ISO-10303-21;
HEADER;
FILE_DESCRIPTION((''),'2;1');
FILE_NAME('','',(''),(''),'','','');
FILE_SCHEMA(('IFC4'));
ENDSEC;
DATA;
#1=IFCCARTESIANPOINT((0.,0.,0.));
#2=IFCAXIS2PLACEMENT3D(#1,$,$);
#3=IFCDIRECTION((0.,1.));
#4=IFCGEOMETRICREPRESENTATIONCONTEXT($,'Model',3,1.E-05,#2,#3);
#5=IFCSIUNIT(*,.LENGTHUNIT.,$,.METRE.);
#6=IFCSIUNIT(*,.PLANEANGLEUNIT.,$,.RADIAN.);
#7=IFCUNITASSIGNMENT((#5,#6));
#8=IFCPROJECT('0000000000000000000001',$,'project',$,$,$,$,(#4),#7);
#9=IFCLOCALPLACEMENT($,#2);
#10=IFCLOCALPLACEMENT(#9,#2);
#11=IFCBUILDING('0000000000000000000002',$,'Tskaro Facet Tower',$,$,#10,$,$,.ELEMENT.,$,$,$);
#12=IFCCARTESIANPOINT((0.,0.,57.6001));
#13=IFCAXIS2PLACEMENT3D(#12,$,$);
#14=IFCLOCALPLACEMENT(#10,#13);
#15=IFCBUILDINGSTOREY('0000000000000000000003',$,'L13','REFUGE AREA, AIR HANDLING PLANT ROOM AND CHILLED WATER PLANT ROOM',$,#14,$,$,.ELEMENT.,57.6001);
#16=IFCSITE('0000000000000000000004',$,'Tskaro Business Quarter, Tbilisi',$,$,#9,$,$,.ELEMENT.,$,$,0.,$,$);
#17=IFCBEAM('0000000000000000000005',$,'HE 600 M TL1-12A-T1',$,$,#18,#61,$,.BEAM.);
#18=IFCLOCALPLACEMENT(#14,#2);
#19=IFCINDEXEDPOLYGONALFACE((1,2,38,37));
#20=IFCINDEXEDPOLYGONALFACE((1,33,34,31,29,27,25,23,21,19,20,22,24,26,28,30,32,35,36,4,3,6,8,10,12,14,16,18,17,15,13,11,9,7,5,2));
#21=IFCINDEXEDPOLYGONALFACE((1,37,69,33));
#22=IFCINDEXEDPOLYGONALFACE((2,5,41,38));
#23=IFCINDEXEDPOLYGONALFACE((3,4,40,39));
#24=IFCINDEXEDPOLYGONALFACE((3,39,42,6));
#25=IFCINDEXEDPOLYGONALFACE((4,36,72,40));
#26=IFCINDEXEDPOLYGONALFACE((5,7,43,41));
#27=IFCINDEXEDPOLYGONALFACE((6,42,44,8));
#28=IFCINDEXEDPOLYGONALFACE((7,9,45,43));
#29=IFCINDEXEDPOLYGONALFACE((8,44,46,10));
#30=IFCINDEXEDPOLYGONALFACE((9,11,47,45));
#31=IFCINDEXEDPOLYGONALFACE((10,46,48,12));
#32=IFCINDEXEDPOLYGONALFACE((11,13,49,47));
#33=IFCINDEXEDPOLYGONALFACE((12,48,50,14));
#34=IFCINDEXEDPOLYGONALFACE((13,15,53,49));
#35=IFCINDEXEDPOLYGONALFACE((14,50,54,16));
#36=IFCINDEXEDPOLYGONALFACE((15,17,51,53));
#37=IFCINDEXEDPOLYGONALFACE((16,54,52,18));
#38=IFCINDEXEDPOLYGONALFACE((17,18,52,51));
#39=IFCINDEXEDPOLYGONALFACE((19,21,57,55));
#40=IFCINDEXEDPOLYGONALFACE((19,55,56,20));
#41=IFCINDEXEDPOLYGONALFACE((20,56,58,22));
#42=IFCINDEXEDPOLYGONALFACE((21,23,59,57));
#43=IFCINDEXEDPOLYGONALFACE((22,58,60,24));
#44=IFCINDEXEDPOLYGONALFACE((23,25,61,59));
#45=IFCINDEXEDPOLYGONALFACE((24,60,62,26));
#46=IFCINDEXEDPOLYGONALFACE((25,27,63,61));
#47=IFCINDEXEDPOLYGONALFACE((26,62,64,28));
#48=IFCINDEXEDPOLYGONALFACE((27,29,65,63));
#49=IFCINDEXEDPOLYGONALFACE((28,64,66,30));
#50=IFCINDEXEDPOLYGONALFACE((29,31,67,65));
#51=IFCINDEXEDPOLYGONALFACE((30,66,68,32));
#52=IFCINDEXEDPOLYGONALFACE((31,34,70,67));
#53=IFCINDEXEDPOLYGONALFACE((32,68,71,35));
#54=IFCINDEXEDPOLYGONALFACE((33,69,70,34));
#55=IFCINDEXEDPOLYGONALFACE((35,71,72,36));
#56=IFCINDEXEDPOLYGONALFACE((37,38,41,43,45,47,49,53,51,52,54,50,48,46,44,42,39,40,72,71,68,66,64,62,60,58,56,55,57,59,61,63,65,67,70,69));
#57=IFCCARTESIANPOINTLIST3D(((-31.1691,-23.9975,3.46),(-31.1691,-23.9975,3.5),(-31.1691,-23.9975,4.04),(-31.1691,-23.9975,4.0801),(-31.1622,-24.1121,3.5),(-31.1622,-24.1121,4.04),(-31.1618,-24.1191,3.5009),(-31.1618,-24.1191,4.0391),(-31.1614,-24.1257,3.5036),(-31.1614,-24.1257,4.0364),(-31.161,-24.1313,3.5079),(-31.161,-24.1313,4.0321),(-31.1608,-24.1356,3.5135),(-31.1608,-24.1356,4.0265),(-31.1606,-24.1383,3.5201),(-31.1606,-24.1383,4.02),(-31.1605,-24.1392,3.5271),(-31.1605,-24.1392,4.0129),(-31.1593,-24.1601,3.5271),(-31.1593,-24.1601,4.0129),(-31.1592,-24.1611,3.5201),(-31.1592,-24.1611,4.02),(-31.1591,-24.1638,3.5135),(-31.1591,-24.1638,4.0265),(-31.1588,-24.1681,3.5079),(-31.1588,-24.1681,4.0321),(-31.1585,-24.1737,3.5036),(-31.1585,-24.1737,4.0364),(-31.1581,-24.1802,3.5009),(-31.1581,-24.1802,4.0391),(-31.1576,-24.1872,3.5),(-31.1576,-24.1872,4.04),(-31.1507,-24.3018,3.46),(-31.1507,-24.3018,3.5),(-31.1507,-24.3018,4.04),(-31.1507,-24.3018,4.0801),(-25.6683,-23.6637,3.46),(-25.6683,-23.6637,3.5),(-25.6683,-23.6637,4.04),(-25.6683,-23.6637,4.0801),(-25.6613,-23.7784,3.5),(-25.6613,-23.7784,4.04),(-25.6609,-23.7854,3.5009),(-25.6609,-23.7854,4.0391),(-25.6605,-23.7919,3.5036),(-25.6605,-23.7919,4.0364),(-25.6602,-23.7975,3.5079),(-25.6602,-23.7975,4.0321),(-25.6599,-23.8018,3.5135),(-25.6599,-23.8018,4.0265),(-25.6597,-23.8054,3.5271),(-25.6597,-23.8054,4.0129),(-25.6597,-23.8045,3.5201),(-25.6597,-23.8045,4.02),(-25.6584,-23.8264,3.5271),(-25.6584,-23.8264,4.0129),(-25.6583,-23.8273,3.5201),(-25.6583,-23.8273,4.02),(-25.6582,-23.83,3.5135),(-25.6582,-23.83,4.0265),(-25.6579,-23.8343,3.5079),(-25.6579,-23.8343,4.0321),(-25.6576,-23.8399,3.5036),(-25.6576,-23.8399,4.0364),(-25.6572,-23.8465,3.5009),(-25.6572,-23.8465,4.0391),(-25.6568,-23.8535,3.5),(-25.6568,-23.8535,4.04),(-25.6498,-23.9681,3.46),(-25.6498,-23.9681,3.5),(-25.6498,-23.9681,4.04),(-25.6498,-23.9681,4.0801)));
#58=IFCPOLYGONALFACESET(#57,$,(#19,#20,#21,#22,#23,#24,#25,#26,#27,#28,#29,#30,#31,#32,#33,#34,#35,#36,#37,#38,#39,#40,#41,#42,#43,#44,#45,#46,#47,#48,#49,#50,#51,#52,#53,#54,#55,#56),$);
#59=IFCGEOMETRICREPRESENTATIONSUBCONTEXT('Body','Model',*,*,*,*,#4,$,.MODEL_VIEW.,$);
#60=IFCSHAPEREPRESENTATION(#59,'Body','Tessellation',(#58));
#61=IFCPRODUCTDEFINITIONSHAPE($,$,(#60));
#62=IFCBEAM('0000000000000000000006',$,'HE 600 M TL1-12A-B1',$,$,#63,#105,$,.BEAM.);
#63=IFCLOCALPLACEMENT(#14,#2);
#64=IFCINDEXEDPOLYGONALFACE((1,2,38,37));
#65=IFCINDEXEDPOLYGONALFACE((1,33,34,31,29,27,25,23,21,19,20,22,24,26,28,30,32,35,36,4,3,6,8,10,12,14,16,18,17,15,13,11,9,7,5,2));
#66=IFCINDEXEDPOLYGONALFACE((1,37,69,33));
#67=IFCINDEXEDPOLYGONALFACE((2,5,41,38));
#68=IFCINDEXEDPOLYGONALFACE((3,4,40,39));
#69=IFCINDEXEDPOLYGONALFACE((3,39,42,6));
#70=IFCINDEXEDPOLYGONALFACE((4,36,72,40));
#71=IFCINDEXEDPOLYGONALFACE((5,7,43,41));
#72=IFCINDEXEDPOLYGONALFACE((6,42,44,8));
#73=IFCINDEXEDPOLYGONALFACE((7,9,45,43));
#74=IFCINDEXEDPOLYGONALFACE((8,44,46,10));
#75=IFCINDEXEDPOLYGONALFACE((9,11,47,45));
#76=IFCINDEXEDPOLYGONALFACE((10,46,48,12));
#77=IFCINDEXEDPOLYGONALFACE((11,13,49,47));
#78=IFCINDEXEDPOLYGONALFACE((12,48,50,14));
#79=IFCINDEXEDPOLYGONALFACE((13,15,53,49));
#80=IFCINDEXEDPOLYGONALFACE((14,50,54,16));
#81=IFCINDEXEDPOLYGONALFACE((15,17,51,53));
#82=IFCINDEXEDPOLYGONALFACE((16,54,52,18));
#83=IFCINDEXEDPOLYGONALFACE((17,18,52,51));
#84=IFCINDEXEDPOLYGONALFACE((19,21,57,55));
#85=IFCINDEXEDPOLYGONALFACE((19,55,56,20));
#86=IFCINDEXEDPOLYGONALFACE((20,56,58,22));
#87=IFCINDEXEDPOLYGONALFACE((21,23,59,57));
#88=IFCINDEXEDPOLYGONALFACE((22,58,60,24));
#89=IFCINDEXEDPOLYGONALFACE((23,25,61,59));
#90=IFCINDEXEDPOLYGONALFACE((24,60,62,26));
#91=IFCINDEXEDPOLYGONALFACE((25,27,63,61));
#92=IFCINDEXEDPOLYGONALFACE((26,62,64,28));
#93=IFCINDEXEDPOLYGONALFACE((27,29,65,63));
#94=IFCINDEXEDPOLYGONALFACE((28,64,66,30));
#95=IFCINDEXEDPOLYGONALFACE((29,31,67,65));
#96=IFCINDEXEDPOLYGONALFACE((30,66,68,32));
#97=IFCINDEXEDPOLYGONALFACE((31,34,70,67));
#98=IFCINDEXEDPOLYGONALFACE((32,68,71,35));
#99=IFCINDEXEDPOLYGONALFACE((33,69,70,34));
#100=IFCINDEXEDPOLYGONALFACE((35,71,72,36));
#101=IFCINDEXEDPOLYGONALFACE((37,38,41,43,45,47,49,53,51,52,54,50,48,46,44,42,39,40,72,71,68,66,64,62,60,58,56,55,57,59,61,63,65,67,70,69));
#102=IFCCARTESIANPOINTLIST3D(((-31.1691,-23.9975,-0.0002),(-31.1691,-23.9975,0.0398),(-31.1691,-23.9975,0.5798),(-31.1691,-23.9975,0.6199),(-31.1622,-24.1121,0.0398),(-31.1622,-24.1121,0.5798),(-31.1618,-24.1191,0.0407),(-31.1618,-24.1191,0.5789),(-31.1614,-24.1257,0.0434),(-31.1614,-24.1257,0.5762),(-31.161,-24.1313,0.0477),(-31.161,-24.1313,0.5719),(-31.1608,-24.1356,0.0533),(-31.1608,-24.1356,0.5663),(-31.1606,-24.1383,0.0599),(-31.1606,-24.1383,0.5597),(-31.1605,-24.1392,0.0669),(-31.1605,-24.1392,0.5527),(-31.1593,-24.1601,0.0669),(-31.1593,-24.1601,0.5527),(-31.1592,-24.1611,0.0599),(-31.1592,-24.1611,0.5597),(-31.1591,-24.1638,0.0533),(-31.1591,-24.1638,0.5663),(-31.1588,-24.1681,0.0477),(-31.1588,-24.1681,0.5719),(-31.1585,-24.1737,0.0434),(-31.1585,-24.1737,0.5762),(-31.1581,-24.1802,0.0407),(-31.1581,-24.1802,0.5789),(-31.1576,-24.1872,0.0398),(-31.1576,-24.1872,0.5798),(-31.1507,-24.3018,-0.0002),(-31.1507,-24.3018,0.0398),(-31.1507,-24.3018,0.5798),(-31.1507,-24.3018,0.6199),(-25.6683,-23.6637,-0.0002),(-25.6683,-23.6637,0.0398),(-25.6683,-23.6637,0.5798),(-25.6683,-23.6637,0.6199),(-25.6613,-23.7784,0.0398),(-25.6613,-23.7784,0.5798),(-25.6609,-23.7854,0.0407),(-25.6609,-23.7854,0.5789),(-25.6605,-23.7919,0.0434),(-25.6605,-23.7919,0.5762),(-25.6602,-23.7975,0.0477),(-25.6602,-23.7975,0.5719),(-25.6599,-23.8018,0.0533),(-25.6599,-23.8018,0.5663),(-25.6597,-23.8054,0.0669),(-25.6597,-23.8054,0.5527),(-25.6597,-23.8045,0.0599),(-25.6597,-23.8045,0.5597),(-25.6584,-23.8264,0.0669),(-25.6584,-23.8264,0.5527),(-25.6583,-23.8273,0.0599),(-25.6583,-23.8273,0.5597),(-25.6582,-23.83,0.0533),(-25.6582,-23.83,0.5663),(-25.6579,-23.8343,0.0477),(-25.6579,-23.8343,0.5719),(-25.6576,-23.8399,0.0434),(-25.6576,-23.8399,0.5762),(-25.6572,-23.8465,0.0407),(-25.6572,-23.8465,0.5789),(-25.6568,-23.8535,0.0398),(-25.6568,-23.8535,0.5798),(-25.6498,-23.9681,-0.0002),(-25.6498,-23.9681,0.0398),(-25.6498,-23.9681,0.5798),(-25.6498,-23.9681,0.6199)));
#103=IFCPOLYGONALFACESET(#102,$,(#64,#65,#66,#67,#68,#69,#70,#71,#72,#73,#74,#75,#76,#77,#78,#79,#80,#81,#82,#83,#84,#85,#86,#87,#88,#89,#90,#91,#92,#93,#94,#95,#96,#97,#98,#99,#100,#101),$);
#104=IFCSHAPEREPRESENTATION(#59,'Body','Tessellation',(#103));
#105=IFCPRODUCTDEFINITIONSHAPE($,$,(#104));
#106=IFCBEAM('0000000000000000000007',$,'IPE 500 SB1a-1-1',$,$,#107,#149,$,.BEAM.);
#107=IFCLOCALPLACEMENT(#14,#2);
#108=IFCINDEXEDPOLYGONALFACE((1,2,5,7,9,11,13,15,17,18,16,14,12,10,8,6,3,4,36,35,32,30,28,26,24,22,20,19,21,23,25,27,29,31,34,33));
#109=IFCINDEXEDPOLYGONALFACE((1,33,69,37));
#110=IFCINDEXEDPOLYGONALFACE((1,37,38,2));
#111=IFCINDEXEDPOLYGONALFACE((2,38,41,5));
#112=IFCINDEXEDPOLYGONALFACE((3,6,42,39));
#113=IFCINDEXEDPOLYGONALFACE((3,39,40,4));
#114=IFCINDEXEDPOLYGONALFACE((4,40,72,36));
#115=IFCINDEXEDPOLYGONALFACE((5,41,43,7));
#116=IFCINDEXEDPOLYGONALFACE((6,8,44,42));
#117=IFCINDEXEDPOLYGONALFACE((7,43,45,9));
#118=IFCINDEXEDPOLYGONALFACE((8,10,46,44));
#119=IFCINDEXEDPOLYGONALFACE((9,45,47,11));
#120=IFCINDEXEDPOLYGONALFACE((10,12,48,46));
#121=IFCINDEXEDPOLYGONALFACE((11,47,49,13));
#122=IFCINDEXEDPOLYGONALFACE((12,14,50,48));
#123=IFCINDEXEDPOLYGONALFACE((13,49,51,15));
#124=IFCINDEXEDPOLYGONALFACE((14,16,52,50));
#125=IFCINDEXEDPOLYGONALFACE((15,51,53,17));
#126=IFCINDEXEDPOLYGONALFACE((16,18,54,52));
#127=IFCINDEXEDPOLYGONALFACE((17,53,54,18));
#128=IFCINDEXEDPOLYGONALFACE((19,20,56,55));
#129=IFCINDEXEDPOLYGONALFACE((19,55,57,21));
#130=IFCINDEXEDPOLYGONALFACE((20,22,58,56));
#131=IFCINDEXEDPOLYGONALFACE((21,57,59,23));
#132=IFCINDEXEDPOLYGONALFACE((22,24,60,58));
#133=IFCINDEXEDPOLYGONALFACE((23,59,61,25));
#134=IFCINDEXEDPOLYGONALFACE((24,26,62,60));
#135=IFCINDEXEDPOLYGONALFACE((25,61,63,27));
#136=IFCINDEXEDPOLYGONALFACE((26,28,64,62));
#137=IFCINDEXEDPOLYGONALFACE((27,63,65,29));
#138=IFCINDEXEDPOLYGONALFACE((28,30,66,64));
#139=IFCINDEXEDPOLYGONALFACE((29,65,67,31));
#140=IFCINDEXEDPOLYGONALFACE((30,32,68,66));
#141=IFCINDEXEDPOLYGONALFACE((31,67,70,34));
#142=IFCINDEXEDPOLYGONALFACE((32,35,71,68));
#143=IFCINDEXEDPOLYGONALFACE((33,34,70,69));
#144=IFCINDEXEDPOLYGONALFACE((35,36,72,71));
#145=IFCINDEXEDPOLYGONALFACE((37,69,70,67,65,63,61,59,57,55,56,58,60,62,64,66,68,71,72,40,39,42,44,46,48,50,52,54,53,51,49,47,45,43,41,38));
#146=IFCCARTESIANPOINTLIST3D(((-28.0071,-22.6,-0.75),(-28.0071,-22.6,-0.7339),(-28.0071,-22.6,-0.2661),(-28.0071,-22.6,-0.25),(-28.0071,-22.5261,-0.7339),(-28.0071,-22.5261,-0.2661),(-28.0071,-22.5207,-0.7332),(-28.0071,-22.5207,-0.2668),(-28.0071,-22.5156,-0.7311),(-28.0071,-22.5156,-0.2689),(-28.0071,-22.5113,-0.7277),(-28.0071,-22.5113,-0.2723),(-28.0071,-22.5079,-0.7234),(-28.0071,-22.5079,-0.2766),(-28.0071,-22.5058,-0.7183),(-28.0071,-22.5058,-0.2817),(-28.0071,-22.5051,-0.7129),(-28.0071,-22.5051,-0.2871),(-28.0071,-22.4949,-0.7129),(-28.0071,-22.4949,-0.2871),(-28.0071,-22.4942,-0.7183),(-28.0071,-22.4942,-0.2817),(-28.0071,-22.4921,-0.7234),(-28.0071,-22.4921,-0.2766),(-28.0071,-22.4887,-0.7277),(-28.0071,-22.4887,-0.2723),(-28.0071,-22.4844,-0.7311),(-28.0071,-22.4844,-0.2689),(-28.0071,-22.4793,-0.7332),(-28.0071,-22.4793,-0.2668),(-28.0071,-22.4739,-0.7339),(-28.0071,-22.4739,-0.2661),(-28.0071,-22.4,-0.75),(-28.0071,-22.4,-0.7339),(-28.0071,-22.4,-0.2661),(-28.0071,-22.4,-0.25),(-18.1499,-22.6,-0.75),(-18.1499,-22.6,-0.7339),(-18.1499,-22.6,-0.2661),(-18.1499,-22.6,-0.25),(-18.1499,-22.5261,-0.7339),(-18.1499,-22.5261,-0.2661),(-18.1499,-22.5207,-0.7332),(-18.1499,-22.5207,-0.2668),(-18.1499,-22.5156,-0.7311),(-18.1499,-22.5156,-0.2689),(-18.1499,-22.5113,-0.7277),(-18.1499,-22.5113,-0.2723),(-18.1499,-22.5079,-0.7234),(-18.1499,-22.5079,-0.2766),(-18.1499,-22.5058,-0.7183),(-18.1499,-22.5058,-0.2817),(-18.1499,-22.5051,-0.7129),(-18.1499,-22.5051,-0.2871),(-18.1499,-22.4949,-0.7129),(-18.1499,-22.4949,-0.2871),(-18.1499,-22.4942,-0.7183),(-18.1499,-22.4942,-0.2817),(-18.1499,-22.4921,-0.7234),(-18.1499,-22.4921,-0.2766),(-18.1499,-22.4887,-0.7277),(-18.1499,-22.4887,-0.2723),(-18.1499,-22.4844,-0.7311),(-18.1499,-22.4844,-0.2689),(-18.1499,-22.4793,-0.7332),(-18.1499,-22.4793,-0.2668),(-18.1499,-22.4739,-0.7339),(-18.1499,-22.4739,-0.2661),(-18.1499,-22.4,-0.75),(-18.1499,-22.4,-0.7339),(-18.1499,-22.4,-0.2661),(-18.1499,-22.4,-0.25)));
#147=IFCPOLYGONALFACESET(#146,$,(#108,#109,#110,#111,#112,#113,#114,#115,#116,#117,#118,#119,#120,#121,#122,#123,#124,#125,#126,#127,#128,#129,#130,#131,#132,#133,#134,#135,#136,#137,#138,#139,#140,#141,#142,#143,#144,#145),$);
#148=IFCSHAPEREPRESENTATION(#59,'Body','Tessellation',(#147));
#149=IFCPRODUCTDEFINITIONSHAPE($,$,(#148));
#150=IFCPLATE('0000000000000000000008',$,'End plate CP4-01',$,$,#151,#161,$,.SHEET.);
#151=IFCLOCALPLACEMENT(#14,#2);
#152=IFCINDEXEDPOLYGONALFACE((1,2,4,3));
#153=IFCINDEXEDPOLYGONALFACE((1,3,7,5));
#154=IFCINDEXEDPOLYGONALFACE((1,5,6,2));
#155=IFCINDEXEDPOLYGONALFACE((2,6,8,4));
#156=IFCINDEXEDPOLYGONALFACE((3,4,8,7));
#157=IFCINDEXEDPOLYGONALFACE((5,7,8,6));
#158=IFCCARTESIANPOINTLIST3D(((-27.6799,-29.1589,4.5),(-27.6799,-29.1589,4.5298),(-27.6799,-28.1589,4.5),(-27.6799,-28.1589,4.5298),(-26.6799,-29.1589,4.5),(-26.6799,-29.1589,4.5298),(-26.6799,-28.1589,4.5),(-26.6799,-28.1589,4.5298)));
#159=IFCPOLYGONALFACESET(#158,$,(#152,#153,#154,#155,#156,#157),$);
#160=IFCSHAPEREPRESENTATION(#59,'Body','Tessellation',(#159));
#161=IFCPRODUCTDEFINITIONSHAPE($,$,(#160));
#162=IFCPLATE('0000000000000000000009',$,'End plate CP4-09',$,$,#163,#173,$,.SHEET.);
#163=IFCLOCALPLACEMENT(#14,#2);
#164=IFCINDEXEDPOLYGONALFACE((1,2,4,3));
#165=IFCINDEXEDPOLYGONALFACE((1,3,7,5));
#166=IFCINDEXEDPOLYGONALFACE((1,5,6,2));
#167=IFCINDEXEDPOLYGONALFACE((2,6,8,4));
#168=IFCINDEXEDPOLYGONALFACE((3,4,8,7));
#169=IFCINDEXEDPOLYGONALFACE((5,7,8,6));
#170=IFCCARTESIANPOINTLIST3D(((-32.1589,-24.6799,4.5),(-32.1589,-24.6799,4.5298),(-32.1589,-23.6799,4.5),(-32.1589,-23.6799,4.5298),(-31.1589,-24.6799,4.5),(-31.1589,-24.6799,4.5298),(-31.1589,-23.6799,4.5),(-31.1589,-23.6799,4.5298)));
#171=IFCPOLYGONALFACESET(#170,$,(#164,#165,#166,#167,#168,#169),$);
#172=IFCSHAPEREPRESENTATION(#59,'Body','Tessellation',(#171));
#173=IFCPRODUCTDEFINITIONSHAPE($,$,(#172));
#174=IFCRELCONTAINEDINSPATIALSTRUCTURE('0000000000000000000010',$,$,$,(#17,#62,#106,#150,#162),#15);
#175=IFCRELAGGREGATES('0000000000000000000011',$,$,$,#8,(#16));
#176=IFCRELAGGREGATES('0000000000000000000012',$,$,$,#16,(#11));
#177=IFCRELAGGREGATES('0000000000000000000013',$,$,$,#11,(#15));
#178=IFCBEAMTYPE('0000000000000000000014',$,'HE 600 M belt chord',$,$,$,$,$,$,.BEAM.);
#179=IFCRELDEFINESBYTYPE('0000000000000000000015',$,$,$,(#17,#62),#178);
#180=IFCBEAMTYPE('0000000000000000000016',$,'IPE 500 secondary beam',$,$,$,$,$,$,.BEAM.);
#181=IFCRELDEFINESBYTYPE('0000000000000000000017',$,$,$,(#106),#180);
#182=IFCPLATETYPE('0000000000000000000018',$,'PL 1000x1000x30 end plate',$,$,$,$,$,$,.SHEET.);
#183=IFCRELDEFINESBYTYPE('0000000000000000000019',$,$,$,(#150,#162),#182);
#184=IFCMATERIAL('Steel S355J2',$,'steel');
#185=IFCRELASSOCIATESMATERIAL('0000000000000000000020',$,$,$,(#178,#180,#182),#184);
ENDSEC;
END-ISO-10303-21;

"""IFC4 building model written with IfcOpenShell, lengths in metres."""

from ifc_helpers import new_model, si_unit, direction, frame, origin, origin_2d, place, context, subcontext, project, spatial, rectangle, i_section, extrude, material, material_profile, profile_set, type_object, element, save


model = new_model("IFC4")

# Units and contexts
model_context = context("Model", 3, precision=1e-05, world=origin(), true_north=direction((0.0, 1.0)))
body_context = subcontext(model_context, "Body", "Model", "MODEL_VIEW")
ifc_project = project(units=[si_unit("LENGTHUNIT", "METRE"), si_unit("PLANEANGLEUNIT", "RADIAN")], contexts=[model_context])

# Site, building, storey
site_placement = place(None, origin())
site = spatial("IfcSite", under=ifc_project, at=site_placement, Name="Tskaro Business Quarter, Tbilisi", CompositionType="ELEMENT", RefElevation=0.0)
building_placement = place(site_placement, origin())
building = spatial("IfcBuilding", under=site, at=building_placement, Name="Tskaro Facet Tower", CompositionType="ELEMENT")
storey_placement = place(building_placement, frame((0.0, 0.0, 57.6001)))
storey = spatial("IfcBuildingStorey", under=building, at=storey_placement, Name="L13", Description="REFUGE AREA, AIR HANDLING PLANT ROOM AND CHILLED WATER PLANT ROOM", CompositionType="ELEMENT", Elevation=57.6001)

# Shared definitions
ifc_material_1 = material(Name="Steel S355J2", Category="steel")

# Beams
ifc_material_profile_1 = material_profile(ifc_material_1, i_section(OverallWidth=0.3049, OverallDepth=0.6201, WebThickness=0.021, FlangeThickness=0.04, FilletRadius=0.0271, at=origin_2d()), Name="HE 600 M")
ifc_profile_set_1 = profile_set([ifc_material_profile_1], Name="Steel S355J2")
beam_type_1 = type_object("IfcBeamType", Name="HE 600 M belt chord", PredefinedType="BEAM", material=ifc_profile_set_1)
for number, where, z_axis, x_axis, name in (
    (1, (-31.1599, -24.1497, 3.77), (0.998165, 0.060558, 0.0), (-0.060558, 0.998165, 0.0), "HE 600 M TL1-12A-T1"),
    (2, (-31.1599, -24.1497, 0.3098), (0.998165, 0.060558, 0.0), (-0.060558, 0.998165, 0.0), "HE 600 M TL1-12A-B1"),
):
    element("IfcBeam", number, at=place(storey_placement, frame(where, z_axis=z_axis, x_axis=x_axis)), inside=storey, type_object=beam_type_1, Name=name, PredefinedType="BEAM", context=body_context, shape_type="SweptSolid", body=[
        extrude(i_section(OverallWidth=0.3049, OverallDepth=0.6201, WebThickness=0.021, FlangeThickness=0.04, FilletRadius=0.0271, at=origin_2d()), origin(), (0.0, 0.0, 1.0), 5.511),
    ])
ifc_material_profile_2 = material_profile(ifc_material_1, i_section(OverallWidth=0.2, OverallDepth=0.5, WebThickness=0.0103, FlangeThickness=0.0161, FilletRadius=0.021, at=origin_2d()), Name="IPE 500")
ifc_profile_set_2 = profile_set([ifc_material_profile_2], Name="Steel S355J2")
beam_type_2 = type_object("IfcBeamType", Name="IPE 500 secondary beam", PredefinedType="BEAM", material=ifc_profile_set_2)
beam_1_placement = place(storey_placement, frame((-28.0071, -22.5, -0.5), z_axis=(1.0, 0.0, 0.0), x_axis=(0.0, 1.0, 0.0)))
element("IfcBeam", 3, at=beam_1_placement, inside=storey, type_object=beam_type_2, Name="IPE 500 SB1a-1-1", PredefinedType="BEAM", context=body_context, shape_type="SweptSolid", body=[
    extrude(i_section(OverallWidth=0.2, OverallDepth=0.5, WebThickness=0.0103, FlangeThickness=0.0161, FilletRadius=0.021, at=origin_2d()), origin(), (0.0, 0.0, 1.0), 9.8572),
])

# Plates
ifc_material_profile_3 = material_profile(ifc_material_1, rectangle(XDim=1.0, YDim=1.0, at=origin_2d()), Name="PL 1000x1000x30 end plate")
ifc_profile_set_3 = profile_set([ifc_material_profile_3], Name="Steel S355J2")
plate_type = type_object("IfcPlateType", Name="PL 1000x1000x30 end plate", PredefinedType="SHEET", material=ifc_profile_set_3)
for number, where, z_axis, x_axis, name in (
    (4, (-27.1799, -28.6589, 4.5), (0.0, 0.0, 1.0), (1.0, 0.0, 0.0), "End plate CP4-01"),
    (5, (-31.6589, -24.1799, 4.5), (0.0, 0.0, 1.0), (1.0, 0.0, 0.0), "End plate CP4-09"),
):
    element("IfcPlate", number, at=place(storey_placement, frame(where, z_axis=z_axis, x_axis=x_axis)), inside=storey, type_object=plate_type, Name=name, PredefinedType="SHEET", context=body_context, shape_type="SweptSolid", body=[
        extrude(rectangle(XDim=1.0, YDim=1.0, at=origin_2d()), origin(), (0.0, 0.0, 1.0), 0.0298),
    ])

save(model, "model.ifc")
